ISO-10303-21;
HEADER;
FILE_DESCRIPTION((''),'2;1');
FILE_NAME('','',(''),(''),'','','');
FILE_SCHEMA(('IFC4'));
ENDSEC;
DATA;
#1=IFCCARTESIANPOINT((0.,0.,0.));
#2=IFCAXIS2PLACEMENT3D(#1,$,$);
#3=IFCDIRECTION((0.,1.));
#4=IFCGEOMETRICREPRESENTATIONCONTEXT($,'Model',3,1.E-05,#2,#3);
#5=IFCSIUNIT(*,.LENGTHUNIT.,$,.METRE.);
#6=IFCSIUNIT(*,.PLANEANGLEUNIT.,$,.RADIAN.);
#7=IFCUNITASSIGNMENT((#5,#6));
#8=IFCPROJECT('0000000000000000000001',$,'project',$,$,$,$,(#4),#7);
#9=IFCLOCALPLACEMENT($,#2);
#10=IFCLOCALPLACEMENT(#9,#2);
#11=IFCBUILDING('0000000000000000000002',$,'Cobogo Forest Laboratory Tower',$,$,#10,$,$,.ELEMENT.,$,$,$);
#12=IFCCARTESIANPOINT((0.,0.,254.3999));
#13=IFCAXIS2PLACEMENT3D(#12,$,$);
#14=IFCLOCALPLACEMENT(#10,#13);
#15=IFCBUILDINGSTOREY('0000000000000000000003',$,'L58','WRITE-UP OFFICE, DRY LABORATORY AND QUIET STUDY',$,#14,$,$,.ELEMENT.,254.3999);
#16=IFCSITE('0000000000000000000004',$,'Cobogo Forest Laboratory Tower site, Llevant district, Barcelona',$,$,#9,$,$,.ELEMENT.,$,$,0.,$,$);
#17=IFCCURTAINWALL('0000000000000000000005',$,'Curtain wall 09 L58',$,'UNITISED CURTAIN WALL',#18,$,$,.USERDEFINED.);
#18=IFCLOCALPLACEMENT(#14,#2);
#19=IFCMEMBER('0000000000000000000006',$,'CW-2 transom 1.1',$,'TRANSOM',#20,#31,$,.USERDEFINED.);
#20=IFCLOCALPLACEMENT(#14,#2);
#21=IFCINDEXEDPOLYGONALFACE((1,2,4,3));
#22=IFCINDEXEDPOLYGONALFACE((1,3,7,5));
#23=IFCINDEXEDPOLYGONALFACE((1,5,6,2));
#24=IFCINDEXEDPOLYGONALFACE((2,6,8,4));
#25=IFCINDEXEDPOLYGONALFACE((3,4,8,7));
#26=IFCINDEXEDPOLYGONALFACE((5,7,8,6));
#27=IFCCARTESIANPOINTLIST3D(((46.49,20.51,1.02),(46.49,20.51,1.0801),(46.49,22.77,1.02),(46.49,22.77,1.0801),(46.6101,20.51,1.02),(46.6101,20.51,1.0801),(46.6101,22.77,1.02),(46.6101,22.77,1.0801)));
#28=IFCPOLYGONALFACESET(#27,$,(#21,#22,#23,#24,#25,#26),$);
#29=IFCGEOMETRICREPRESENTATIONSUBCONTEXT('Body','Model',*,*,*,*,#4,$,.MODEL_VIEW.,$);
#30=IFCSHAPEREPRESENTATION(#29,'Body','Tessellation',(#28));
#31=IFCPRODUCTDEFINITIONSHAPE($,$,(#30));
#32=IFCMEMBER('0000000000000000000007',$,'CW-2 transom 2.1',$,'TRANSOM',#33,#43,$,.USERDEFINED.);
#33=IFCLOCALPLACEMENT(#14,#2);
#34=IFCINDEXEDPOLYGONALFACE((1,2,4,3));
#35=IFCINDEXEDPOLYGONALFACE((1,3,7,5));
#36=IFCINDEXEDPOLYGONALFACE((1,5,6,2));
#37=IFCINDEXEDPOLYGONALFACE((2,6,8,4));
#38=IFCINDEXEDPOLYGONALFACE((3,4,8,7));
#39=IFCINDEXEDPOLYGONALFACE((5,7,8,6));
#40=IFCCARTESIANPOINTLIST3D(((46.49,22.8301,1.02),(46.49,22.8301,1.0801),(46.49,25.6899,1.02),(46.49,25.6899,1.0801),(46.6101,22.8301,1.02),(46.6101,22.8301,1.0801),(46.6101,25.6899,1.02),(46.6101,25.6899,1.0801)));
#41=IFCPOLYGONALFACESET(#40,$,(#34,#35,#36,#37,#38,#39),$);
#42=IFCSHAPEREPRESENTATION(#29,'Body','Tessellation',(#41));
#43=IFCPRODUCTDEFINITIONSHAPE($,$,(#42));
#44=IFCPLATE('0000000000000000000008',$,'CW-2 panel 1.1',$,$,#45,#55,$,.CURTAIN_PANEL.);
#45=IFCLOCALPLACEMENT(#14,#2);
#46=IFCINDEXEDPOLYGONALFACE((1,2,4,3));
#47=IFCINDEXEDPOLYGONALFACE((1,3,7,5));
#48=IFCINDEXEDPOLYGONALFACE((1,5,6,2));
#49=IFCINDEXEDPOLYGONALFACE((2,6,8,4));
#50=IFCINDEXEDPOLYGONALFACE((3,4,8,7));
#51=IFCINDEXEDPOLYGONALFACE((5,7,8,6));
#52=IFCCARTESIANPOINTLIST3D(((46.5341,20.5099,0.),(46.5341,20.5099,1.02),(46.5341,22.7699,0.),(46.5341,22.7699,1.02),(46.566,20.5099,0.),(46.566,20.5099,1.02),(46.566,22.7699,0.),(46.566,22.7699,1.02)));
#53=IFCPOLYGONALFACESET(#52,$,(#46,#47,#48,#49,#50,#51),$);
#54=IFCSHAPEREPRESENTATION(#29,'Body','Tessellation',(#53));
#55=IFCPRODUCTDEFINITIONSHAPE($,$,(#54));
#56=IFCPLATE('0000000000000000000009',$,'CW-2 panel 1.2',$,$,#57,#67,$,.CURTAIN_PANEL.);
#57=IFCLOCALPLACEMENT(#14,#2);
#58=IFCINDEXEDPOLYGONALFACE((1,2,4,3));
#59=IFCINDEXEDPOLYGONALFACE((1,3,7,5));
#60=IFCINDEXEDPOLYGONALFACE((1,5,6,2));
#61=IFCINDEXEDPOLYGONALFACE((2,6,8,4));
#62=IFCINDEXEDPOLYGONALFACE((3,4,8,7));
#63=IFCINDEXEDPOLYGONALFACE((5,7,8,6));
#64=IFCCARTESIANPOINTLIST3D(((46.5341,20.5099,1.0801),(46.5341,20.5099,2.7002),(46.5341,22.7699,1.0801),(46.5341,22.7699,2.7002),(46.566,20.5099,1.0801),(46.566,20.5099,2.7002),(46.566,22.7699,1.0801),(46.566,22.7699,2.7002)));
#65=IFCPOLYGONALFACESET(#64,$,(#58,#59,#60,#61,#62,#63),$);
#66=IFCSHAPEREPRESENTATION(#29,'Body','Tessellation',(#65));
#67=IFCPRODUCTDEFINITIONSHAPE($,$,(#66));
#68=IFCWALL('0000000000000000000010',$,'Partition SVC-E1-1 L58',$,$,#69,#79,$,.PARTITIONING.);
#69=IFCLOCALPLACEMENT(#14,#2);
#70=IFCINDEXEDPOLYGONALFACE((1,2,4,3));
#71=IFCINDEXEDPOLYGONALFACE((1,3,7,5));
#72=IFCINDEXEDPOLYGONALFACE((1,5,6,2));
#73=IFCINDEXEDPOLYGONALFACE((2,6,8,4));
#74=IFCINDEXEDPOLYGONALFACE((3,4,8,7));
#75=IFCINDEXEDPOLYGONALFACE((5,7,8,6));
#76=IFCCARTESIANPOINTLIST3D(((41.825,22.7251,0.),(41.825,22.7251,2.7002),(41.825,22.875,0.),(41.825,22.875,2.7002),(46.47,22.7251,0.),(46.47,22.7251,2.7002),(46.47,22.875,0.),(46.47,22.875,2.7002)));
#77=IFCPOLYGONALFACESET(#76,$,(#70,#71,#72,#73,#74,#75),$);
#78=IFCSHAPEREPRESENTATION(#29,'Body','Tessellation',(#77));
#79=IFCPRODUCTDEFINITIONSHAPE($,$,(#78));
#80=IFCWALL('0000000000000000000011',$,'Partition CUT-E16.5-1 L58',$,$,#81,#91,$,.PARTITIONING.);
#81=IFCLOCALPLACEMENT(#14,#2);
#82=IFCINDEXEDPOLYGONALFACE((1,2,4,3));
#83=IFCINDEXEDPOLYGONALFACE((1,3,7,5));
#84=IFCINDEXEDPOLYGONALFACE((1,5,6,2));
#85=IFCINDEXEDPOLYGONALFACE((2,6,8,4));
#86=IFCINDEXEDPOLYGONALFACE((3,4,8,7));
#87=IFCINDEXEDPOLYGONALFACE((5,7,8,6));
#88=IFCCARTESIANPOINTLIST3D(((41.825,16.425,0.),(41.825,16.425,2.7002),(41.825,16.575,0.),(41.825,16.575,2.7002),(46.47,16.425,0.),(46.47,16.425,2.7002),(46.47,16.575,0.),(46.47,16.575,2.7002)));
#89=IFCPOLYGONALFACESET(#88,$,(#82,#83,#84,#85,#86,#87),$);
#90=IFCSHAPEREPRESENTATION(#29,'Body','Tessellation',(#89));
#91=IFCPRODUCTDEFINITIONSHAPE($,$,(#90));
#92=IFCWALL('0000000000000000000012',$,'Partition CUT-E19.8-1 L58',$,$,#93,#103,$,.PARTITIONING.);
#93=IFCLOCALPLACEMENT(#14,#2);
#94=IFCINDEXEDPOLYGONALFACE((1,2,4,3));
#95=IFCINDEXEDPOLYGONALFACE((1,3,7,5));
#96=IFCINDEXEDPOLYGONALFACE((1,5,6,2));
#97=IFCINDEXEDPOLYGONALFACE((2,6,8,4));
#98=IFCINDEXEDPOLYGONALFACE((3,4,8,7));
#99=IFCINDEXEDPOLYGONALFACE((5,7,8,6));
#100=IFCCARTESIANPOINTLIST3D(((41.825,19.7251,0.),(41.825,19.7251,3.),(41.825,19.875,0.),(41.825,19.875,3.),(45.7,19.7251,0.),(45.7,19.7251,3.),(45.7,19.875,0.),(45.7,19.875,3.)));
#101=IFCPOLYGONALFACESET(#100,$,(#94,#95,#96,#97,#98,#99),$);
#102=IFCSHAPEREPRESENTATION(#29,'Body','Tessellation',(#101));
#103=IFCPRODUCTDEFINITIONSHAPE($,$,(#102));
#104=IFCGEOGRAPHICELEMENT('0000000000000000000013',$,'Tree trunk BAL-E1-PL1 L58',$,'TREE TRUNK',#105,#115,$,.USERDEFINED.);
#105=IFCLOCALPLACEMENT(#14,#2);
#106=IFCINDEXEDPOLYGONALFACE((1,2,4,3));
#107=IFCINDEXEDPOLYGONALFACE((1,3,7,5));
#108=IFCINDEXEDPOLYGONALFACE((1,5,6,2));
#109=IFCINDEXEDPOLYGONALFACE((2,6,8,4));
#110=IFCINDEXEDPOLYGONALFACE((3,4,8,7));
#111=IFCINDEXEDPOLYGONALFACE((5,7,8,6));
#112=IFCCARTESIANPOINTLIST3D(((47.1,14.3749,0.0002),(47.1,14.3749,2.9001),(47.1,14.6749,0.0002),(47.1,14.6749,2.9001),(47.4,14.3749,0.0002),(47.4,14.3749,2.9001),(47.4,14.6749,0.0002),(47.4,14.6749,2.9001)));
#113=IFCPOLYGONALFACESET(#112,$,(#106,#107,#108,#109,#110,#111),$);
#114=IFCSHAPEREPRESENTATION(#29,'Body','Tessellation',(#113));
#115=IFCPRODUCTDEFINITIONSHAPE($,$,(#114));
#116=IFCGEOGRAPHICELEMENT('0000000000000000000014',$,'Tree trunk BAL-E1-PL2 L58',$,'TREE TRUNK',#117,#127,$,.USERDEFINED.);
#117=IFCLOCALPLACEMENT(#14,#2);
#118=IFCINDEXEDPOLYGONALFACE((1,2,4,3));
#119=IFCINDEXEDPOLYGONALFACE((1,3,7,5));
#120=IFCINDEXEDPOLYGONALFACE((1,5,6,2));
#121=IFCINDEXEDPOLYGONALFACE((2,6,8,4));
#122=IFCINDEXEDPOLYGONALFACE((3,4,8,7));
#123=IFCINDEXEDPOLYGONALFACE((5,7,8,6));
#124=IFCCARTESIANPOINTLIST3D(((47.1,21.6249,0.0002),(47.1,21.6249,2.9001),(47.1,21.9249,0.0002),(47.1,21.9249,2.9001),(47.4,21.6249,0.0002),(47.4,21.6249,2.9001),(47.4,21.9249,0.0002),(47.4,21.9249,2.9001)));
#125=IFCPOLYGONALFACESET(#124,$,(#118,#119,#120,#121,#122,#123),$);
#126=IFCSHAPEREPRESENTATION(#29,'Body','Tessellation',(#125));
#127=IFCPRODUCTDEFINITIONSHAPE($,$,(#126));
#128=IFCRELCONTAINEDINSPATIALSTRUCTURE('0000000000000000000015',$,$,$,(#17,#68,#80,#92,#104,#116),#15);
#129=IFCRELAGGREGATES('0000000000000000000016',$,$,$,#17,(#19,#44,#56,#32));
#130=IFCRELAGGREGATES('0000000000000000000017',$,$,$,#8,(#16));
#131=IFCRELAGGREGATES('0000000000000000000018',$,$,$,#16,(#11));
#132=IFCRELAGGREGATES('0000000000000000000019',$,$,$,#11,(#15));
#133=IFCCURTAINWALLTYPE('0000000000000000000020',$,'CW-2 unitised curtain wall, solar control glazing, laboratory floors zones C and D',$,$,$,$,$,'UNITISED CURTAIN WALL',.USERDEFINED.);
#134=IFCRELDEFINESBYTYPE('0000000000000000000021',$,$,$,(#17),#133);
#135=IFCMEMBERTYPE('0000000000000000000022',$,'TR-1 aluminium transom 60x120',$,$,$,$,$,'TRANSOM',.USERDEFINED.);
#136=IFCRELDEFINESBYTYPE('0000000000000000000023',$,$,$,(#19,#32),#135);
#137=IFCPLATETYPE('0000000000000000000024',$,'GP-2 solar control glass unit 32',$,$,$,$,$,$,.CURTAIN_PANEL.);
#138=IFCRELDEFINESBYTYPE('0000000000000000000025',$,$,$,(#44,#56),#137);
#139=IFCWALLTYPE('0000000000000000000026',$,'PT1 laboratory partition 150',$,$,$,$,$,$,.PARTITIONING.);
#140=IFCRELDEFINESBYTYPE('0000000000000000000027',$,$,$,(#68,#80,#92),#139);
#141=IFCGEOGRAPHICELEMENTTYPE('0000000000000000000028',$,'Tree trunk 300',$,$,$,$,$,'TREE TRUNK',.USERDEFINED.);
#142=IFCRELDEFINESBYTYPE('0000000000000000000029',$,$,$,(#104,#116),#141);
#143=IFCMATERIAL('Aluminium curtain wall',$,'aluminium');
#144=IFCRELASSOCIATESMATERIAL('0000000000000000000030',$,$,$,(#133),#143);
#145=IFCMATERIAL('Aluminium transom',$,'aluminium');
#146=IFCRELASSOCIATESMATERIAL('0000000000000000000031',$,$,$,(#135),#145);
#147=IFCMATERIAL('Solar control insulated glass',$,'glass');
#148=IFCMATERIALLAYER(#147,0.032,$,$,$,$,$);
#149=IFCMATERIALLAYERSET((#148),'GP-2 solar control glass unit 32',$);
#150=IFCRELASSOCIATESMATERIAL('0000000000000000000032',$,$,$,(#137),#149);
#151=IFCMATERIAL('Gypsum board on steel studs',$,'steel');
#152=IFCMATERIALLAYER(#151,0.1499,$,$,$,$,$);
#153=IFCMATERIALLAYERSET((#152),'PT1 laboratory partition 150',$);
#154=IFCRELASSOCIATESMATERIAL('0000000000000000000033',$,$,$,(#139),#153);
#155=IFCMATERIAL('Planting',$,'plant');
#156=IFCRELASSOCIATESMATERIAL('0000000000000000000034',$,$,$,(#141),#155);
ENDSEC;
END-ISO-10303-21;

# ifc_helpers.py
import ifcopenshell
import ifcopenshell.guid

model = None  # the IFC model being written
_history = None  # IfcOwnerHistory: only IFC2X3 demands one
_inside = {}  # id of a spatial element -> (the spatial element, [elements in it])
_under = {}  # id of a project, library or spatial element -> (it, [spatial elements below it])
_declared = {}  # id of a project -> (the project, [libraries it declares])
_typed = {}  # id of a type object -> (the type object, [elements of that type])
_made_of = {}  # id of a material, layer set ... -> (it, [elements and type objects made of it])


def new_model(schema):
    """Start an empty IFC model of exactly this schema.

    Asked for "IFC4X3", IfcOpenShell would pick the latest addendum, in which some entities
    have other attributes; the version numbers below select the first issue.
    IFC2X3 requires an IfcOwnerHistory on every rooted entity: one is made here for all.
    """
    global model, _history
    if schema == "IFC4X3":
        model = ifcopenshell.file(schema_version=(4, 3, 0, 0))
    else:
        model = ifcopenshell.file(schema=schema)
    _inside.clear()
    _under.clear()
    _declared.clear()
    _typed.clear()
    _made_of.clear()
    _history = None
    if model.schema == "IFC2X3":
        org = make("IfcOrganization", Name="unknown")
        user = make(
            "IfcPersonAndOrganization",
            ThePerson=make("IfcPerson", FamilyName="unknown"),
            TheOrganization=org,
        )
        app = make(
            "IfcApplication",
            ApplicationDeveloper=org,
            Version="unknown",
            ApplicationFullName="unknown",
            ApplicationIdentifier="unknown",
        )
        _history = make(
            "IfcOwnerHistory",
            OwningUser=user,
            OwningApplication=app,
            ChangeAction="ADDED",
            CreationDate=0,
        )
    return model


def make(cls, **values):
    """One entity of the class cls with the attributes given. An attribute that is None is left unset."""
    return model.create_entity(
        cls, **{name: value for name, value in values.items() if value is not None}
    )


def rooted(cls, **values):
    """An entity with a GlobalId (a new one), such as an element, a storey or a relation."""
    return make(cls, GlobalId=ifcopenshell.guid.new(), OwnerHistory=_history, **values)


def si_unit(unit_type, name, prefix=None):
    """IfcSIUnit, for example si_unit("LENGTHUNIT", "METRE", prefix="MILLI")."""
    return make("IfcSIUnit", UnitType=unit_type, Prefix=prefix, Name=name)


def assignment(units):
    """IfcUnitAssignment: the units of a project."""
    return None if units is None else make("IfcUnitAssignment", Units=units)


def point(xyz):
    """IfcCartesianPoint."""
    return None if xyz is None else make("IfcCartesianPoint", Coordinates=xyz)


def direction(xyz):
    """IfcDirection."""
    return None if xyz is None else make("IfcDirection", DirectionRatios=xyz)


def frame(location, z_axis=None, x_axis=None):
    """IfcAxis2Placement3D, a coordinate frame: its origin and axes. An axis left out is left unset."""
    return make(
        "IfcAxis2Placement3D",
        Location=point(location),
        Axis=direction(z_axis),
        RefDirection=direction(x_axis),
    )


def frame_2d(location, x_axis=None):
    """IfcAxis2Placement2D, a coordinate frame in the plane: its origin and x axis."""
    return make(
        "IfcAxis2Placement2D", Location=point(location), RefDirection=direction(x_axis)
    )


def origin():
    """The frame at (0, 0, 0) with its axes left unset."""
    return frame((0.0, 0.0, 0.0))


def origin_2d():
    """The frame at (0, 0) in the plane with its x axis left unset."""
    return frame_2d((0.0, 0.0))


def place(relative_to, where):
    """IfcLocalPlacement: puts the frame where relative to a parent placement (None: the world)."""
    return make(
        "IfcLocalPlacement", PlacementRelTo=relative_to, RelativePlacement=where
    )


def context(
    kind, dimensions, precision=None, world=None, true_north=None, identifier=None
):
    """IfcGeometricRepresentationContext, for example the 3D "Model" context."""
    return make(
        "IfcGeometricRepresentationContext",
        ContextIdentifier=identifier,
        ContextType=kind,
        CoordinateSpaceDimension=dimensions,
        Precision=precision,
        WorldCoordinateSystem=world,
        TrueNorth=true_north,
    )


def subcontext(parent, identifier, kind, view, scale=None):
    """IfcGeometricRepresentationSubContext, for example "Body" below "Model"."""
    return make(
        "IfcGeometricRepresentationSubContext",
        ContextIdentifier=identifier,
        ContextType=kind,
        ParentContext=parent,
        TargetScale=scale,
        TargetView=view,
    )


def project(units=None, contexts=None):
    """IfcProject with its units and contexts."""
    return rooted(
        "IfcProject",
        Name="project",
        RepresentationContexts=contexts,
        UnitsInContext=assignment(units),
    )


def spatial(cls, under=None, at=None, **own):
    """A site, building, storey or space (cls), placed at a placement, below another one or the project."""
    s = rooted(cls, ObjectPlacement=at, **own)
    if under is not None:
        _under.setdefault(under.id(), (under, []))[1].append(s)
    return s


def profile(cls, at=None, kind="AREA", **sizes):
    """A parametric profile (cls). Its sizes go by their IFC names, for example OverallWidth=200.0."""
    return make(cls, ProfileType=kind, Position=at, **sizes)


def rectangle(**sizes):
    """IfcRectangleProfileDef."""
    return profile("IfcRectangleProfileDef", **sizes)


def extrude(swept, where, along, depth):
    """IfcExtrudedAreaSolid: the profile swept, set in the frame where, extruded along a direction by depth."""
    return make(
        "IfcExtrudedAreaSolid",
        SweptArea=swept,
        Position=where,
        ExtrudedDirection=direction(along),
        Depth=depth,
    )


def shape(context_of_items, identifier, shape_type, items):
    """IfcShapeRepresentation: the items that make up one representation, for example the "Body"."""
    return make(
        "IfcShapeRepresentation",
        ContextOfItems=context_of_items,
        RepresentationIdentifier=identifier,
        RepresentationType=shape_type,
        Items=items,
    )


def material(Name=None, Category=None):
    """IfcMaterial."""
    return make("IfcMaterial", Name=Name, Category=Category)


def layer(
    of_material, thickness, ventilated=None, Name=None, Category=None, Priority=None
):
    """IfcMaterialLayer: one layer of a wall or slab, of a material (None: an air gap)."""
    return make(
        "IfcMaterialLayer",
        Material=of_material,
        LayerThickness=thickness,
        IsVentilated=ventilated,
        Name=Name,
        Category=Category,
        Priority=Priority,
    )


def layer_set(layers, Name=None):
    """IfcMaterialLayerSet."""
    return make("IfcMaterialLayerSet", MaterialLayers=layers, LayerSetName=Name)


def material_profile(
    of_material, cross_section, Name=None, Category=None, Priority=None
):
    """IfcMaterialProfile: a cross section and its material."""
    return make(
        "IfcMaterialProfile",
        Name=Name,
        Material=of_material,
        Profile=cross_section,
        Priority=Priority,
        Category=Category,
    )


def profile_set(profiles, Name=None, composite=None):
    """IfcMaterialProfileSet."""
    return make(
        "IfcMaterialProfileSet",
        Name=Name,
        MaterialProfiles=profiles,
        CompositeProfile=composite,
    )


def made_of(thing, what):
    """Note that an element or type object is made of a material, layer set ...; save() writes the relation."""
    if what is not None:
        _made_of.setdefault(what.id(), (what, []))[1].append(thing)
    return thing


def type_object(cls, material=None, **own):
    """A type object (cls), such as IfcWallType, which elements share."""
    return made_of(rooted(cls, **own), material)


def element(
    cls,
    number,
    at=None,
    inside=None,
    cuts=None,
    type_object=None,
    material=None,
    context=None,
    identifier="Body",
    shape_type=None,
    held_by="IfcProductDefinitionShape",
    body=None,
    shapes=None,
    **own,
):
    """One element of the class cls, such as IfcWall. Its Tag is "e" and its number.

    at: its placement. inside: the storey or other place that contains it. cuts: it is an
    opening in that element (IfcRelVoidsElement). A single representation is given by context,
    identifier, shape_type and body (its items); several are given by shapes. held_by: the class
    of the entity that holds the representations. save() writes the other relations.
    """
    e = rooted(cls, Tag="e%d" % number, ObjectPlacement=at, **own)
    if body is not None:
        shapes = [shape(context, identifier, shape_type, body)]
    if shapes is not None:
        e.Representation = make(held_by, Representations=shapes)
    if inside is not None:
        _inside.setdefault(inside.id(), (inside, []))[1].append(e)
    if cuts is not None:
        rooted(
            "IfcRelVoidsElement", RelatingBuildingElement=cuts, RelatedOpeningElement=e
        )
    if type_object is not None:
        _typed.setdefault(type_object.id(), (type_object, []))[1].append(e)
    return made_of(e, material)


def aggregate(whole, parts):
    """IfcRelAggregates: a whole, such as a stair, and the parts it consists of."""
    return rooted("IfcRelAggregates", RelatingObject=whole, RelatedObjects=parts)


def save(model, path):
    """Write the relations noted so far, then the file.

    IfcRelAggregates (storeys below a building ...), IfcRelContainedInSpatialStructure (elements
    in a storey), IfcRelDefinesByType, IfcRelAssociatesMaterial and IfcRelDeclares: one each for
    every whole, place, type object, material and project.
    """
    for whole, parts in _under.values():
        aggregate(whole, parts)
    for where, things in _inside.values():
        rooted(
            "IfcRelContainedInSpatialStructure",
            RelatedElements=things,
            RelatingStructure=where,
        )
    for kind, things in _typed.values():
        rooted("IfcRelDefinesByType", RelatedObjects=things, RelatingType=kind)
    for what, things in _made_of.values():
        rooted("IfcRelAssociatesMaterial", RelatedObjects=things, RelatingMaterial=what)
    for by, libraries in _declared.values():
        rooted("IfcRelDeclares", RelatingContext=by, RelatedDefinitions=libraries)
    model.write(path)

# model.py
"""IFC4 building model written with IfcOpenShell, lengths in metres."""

from ifc_helpers import new_model, si_unit, direction, frame, frame_2d, origin, origin_2d, place, context, subcontext, project, spatial, rectangle, extrude, material, layer, layer_set, material_profile, profile_set, type_object, element, aggregate, save


model = new_model("IFC4")

# Units and contexts
model_context = context("Model", 3, precision=1e-05, world=origin(), true_north=direction((0.0, 1.0)))
body_context = subcontext(model_context, "Body", "Model", "MODEL_VIEW")
ifc_project = project(units=[si_unit("LENGTHUNIT", "METRE"), si_unit("PLANEANGLEUNIT", "RADIAN")], contexts=[model_context])

# Site, building, storey
site_placement = place(None, origin())
site = spatial("IfcSite", under=ifc_project, at=site_placement, Name="Cobogo Forest Laboratory Tower site, Llevant district, Barcelona", CompositionType="ELEMENT", RefElevation=0.0)
building_placement = place(site_placement, origin())
building = spatial("IfcBuilding", under=site, at=building_placement, Name="Cobogo Forest Laboratory Tower", CompositionType="ELEMENT")
storey_placement = place(building_placement, frame((0.0, 0.0, 254.3999)))
storey = spatial("IfcBuildingStorey", under=building, at=storey_placement, Name="L58", Description="WRITE-UP OFFICE, DRY LABORATORY AND QUIET STUDY", CompositionType="ELEMENT", Elevation=254.3999)

# Shared definitions
ifc_material_1 = material(Name="Aluminium curtain wall", Category="aluminium")
curtain_wall_type = type_object("IfcCurtainWallType", Name="CW-2 unitised curtain wall, solar control glazing, laboratory floors zones C and D", ElementType="UNITISED CURTAIN WALL", PredefinedType="USERDEFINED", material=ifc_material_1)

# Curtain wall
curtain_wall_1_placement = place(storey_placement, origin())
curtain_wall_1 = element("IfcCurtainWall", 1, at=curtain_wall_1_placement, inside=storey, type_object=curtain_wall_type, Name="Curtain wall 09 L58", ObjectType="UNITISED CURTAIN WALL", PredefinedType="USERDEFINED")

# Members
ifc_material_2 = material(Name="Aluminium transom", Category="aluminium")
ifc_material_profile_1 = material_profile(ifc_material_2, rectangle(XDim=0.1201, YDim=0.0601, at=origin_2d()), Name="AL 60x120")
ifc_profile_set_1 = profile_set([ifc_material_profile_1], Name="Aluminium transom")
member_type_1 = type_object("IfcMemberType", Name="TR-1 aluminium transom 60x120", ElementType="TRANSOM", PredefinedType="USERDEFINED", material=ifc_profile_set_1)
member_1_placement = place(storey_placement, frame((46.55, 20.51, 1.05), z_axis=(0.0, 1.0, 0.0), x_axis=(-1.0, 0.0, 0.0)))
member_1 = element("IfcMember", 2, at=member_1_placement, type_object=member_type_1, Name="CW-2 transom 1.1", ObjectType="TRANSOM", PredefinedType="USERDEFINED", context=body_context, shape_type="SweptSolid", body=[
    extrude(rectangle(XDim=0.1201, YDim=0.0601, at=origin_2d()), origin(), (0.0, 0.0, 1.0), 2.26),
])
member_2_placement = place(storey_placement, frame((46.55, 22.8301, 1.05), z_axis=(0.0, 1.0, 0.0), x_axis=(-1.0, 0.0, 0.0)))
member_2 = element("IfcMember", 3, at=member_2_placement, type_object=member_type_1, Name="CW-2 transom 2.1", ObjectType="TRANSOM", PredefinedType="USERDEFINED", context=body_context, shape_type="SweptSolid", body=[
    extrude(rectangle(XDim=0.1201, YDim=0.0601, at=origin_2d()), origin(), (0.0, 0.0, 1.0), 2.8599),
])

# Plates
ifc_material_3 = material(Name="Solar control insulated glass", Category="glass")
ifc_layer_1 = layer(ifc_material_3, 0.032)
ifc_layer_set_1 = layer_set([ifc_layer_1], Name="GP-2 solar control glass unit 32")
plate_type = type_object("IfcPlateType", Name="GP-2 solar control glass unit 32", PredefinedType="CURTAIN_PANEL", material=ifc_layer_set_1)
plate_1_placement = place(storey_placement, frame((46.55, 21.6399, 0.0), z_axis=(0.0, 0.0, 1.0), x_axis=(0.0, 1.0, 0.0)))
plate_1 = element("IfcPlate", 4, at=plate_1_placement, type_object=plate_type, Name="CW-2 panel 1.1", PredefinedType="CURTAIN_PANEL", context=body_context, shape_type="SweptSolid", body=[
    extrude(rectangle(XDim=2.26, YDim=0.032, at=origin_2d()), origin(), (0.0, 0.0, 1.0), 1.02),
])
plate_2_placement = place(storey_placement, frame((46.55, 21.6399, 1.0801), z_axis=(0.0, 0.0, 1.0), x_axis=(0.0, 1.0, 0.0)))
plate_2 = element("IfcPlate", 5, at=plate_2_placement, type_object=plate_type, Name="CW-2 panel 1.2", PredefinedType="CURTAIN_PANEL", context=body_context, shape_type="SweptSolid", body=[
    extrude(rectangle(XDim=2.26, YDim=0.032, at=origin_2d()), origin(), (0.0, 0.0, 1.0), 1.6201),
])
aggregate(curtain_wall_1, [member_1, plate_1, plate_2, member_2])

# Walls
ifc_material_4 = material(Name="Gypsum board on steel studs", Category="steel")
ifc_layer_2 = layer(ifc_material_4, 0.1499)
ifc_layer_set_2 = layer_set([ifc_layer_2], Name="PT1 laboratory partition 150")
wall_type_1 = type_object("IfcWallType", Name="PT1 laboratory partition 150", PredefinedType="PARTITIONING", material=ifc_layer_set_2)
for number, where, z_axis, x_axis, name in (
    (6, (46.47, 22.8, 0.0), (0.0, 0.0, 1.0), (-1.0, 0.0, 0.0), "Partition SVC-E1-1 L58"),
    (7, (46.47, 16.5, 0.0), (0.0, 0.0, 1.0), (-1.0, 0.0, 0.0), "Partition CUT-E16.5-1 L58"),
):
    element("IfcWall", number, at=place(storey_placement, frame(where, z_axis=z_axis, x_axis=x_axis)), inside=storey, type_object=wall_type_1, Name=name, PredefinedType="PARTITIONING", context=body_context, shape_type="SweptSolid", body=[
        extrude(rectangle(XDim=4.645, YDim=0.1499, at=frame_2d((2.3225, 0.0))), origin(), (0.0, 0.0, 1.0), 2.7002),
    ])
wall_1_placement = place(storey_placement, frame((45.7, 19.8, 0.0), z_axis=(0.0, 0.0, 1.0), x_axis=(-1.0, 0.0, 0.0)))
element("IfcWall", 8, at=wall_1_placement, inside=storey, type_object=wall_type_1, Name="Partition CUT-E19.8-1 L58", PredefinedType="PARTITIONING", context=body_context, shape_type="SweptSolid", body=[
    extrude(rectangle(XDim=3.875, YDim=0.1499, at=frame_2d((1.9375, 0.0))), origin(), (0.0, 0.0, 1.0), 3.0),
])

# Geographic elements
ifc_material_5 = material(Name="Planting", Category="plant")
geographic_element_type = type_object("IfcGeographicElementType", Name="Tree trunk 300", ElementType="TREE TRUNK", PredefinedType="USERDEFINED", material=ifc_material_5)
for number, where, z_axis, x_axis, name in (
    (9, (47.25, 14.5249, 0.0002), (0.0, 0.0, 1.0), (1.0, 0.0, 0.0), "Tree trunk BAL-E1-PL1 L58"),
    (10, (47.25, 21.7749, 0.0002), (0.0, 0.0, 1.0), (1.0, 0.0, 0.0), "Tree trunk BAL-E1-PL2 L58"),
):
    element("IfcGeographicElement", number, at=place(storey_placement, frame(where, z_axis=z_axis, x_axis=x_axis)), inside=storey, type_object=geographic_element_type, Name=name, ObjectType="TREE TRUNK", PredefinedType="USERDEFINED", context=body_context, shape_type="SweptSolid", body=[
        extrude(rectangle(XDim=0.3, YDim=0.3, at=origin_2d()), origin(), (0.0, 0.0, 1.0), 2.8999),
    ])

save(model, "model.ifc")
